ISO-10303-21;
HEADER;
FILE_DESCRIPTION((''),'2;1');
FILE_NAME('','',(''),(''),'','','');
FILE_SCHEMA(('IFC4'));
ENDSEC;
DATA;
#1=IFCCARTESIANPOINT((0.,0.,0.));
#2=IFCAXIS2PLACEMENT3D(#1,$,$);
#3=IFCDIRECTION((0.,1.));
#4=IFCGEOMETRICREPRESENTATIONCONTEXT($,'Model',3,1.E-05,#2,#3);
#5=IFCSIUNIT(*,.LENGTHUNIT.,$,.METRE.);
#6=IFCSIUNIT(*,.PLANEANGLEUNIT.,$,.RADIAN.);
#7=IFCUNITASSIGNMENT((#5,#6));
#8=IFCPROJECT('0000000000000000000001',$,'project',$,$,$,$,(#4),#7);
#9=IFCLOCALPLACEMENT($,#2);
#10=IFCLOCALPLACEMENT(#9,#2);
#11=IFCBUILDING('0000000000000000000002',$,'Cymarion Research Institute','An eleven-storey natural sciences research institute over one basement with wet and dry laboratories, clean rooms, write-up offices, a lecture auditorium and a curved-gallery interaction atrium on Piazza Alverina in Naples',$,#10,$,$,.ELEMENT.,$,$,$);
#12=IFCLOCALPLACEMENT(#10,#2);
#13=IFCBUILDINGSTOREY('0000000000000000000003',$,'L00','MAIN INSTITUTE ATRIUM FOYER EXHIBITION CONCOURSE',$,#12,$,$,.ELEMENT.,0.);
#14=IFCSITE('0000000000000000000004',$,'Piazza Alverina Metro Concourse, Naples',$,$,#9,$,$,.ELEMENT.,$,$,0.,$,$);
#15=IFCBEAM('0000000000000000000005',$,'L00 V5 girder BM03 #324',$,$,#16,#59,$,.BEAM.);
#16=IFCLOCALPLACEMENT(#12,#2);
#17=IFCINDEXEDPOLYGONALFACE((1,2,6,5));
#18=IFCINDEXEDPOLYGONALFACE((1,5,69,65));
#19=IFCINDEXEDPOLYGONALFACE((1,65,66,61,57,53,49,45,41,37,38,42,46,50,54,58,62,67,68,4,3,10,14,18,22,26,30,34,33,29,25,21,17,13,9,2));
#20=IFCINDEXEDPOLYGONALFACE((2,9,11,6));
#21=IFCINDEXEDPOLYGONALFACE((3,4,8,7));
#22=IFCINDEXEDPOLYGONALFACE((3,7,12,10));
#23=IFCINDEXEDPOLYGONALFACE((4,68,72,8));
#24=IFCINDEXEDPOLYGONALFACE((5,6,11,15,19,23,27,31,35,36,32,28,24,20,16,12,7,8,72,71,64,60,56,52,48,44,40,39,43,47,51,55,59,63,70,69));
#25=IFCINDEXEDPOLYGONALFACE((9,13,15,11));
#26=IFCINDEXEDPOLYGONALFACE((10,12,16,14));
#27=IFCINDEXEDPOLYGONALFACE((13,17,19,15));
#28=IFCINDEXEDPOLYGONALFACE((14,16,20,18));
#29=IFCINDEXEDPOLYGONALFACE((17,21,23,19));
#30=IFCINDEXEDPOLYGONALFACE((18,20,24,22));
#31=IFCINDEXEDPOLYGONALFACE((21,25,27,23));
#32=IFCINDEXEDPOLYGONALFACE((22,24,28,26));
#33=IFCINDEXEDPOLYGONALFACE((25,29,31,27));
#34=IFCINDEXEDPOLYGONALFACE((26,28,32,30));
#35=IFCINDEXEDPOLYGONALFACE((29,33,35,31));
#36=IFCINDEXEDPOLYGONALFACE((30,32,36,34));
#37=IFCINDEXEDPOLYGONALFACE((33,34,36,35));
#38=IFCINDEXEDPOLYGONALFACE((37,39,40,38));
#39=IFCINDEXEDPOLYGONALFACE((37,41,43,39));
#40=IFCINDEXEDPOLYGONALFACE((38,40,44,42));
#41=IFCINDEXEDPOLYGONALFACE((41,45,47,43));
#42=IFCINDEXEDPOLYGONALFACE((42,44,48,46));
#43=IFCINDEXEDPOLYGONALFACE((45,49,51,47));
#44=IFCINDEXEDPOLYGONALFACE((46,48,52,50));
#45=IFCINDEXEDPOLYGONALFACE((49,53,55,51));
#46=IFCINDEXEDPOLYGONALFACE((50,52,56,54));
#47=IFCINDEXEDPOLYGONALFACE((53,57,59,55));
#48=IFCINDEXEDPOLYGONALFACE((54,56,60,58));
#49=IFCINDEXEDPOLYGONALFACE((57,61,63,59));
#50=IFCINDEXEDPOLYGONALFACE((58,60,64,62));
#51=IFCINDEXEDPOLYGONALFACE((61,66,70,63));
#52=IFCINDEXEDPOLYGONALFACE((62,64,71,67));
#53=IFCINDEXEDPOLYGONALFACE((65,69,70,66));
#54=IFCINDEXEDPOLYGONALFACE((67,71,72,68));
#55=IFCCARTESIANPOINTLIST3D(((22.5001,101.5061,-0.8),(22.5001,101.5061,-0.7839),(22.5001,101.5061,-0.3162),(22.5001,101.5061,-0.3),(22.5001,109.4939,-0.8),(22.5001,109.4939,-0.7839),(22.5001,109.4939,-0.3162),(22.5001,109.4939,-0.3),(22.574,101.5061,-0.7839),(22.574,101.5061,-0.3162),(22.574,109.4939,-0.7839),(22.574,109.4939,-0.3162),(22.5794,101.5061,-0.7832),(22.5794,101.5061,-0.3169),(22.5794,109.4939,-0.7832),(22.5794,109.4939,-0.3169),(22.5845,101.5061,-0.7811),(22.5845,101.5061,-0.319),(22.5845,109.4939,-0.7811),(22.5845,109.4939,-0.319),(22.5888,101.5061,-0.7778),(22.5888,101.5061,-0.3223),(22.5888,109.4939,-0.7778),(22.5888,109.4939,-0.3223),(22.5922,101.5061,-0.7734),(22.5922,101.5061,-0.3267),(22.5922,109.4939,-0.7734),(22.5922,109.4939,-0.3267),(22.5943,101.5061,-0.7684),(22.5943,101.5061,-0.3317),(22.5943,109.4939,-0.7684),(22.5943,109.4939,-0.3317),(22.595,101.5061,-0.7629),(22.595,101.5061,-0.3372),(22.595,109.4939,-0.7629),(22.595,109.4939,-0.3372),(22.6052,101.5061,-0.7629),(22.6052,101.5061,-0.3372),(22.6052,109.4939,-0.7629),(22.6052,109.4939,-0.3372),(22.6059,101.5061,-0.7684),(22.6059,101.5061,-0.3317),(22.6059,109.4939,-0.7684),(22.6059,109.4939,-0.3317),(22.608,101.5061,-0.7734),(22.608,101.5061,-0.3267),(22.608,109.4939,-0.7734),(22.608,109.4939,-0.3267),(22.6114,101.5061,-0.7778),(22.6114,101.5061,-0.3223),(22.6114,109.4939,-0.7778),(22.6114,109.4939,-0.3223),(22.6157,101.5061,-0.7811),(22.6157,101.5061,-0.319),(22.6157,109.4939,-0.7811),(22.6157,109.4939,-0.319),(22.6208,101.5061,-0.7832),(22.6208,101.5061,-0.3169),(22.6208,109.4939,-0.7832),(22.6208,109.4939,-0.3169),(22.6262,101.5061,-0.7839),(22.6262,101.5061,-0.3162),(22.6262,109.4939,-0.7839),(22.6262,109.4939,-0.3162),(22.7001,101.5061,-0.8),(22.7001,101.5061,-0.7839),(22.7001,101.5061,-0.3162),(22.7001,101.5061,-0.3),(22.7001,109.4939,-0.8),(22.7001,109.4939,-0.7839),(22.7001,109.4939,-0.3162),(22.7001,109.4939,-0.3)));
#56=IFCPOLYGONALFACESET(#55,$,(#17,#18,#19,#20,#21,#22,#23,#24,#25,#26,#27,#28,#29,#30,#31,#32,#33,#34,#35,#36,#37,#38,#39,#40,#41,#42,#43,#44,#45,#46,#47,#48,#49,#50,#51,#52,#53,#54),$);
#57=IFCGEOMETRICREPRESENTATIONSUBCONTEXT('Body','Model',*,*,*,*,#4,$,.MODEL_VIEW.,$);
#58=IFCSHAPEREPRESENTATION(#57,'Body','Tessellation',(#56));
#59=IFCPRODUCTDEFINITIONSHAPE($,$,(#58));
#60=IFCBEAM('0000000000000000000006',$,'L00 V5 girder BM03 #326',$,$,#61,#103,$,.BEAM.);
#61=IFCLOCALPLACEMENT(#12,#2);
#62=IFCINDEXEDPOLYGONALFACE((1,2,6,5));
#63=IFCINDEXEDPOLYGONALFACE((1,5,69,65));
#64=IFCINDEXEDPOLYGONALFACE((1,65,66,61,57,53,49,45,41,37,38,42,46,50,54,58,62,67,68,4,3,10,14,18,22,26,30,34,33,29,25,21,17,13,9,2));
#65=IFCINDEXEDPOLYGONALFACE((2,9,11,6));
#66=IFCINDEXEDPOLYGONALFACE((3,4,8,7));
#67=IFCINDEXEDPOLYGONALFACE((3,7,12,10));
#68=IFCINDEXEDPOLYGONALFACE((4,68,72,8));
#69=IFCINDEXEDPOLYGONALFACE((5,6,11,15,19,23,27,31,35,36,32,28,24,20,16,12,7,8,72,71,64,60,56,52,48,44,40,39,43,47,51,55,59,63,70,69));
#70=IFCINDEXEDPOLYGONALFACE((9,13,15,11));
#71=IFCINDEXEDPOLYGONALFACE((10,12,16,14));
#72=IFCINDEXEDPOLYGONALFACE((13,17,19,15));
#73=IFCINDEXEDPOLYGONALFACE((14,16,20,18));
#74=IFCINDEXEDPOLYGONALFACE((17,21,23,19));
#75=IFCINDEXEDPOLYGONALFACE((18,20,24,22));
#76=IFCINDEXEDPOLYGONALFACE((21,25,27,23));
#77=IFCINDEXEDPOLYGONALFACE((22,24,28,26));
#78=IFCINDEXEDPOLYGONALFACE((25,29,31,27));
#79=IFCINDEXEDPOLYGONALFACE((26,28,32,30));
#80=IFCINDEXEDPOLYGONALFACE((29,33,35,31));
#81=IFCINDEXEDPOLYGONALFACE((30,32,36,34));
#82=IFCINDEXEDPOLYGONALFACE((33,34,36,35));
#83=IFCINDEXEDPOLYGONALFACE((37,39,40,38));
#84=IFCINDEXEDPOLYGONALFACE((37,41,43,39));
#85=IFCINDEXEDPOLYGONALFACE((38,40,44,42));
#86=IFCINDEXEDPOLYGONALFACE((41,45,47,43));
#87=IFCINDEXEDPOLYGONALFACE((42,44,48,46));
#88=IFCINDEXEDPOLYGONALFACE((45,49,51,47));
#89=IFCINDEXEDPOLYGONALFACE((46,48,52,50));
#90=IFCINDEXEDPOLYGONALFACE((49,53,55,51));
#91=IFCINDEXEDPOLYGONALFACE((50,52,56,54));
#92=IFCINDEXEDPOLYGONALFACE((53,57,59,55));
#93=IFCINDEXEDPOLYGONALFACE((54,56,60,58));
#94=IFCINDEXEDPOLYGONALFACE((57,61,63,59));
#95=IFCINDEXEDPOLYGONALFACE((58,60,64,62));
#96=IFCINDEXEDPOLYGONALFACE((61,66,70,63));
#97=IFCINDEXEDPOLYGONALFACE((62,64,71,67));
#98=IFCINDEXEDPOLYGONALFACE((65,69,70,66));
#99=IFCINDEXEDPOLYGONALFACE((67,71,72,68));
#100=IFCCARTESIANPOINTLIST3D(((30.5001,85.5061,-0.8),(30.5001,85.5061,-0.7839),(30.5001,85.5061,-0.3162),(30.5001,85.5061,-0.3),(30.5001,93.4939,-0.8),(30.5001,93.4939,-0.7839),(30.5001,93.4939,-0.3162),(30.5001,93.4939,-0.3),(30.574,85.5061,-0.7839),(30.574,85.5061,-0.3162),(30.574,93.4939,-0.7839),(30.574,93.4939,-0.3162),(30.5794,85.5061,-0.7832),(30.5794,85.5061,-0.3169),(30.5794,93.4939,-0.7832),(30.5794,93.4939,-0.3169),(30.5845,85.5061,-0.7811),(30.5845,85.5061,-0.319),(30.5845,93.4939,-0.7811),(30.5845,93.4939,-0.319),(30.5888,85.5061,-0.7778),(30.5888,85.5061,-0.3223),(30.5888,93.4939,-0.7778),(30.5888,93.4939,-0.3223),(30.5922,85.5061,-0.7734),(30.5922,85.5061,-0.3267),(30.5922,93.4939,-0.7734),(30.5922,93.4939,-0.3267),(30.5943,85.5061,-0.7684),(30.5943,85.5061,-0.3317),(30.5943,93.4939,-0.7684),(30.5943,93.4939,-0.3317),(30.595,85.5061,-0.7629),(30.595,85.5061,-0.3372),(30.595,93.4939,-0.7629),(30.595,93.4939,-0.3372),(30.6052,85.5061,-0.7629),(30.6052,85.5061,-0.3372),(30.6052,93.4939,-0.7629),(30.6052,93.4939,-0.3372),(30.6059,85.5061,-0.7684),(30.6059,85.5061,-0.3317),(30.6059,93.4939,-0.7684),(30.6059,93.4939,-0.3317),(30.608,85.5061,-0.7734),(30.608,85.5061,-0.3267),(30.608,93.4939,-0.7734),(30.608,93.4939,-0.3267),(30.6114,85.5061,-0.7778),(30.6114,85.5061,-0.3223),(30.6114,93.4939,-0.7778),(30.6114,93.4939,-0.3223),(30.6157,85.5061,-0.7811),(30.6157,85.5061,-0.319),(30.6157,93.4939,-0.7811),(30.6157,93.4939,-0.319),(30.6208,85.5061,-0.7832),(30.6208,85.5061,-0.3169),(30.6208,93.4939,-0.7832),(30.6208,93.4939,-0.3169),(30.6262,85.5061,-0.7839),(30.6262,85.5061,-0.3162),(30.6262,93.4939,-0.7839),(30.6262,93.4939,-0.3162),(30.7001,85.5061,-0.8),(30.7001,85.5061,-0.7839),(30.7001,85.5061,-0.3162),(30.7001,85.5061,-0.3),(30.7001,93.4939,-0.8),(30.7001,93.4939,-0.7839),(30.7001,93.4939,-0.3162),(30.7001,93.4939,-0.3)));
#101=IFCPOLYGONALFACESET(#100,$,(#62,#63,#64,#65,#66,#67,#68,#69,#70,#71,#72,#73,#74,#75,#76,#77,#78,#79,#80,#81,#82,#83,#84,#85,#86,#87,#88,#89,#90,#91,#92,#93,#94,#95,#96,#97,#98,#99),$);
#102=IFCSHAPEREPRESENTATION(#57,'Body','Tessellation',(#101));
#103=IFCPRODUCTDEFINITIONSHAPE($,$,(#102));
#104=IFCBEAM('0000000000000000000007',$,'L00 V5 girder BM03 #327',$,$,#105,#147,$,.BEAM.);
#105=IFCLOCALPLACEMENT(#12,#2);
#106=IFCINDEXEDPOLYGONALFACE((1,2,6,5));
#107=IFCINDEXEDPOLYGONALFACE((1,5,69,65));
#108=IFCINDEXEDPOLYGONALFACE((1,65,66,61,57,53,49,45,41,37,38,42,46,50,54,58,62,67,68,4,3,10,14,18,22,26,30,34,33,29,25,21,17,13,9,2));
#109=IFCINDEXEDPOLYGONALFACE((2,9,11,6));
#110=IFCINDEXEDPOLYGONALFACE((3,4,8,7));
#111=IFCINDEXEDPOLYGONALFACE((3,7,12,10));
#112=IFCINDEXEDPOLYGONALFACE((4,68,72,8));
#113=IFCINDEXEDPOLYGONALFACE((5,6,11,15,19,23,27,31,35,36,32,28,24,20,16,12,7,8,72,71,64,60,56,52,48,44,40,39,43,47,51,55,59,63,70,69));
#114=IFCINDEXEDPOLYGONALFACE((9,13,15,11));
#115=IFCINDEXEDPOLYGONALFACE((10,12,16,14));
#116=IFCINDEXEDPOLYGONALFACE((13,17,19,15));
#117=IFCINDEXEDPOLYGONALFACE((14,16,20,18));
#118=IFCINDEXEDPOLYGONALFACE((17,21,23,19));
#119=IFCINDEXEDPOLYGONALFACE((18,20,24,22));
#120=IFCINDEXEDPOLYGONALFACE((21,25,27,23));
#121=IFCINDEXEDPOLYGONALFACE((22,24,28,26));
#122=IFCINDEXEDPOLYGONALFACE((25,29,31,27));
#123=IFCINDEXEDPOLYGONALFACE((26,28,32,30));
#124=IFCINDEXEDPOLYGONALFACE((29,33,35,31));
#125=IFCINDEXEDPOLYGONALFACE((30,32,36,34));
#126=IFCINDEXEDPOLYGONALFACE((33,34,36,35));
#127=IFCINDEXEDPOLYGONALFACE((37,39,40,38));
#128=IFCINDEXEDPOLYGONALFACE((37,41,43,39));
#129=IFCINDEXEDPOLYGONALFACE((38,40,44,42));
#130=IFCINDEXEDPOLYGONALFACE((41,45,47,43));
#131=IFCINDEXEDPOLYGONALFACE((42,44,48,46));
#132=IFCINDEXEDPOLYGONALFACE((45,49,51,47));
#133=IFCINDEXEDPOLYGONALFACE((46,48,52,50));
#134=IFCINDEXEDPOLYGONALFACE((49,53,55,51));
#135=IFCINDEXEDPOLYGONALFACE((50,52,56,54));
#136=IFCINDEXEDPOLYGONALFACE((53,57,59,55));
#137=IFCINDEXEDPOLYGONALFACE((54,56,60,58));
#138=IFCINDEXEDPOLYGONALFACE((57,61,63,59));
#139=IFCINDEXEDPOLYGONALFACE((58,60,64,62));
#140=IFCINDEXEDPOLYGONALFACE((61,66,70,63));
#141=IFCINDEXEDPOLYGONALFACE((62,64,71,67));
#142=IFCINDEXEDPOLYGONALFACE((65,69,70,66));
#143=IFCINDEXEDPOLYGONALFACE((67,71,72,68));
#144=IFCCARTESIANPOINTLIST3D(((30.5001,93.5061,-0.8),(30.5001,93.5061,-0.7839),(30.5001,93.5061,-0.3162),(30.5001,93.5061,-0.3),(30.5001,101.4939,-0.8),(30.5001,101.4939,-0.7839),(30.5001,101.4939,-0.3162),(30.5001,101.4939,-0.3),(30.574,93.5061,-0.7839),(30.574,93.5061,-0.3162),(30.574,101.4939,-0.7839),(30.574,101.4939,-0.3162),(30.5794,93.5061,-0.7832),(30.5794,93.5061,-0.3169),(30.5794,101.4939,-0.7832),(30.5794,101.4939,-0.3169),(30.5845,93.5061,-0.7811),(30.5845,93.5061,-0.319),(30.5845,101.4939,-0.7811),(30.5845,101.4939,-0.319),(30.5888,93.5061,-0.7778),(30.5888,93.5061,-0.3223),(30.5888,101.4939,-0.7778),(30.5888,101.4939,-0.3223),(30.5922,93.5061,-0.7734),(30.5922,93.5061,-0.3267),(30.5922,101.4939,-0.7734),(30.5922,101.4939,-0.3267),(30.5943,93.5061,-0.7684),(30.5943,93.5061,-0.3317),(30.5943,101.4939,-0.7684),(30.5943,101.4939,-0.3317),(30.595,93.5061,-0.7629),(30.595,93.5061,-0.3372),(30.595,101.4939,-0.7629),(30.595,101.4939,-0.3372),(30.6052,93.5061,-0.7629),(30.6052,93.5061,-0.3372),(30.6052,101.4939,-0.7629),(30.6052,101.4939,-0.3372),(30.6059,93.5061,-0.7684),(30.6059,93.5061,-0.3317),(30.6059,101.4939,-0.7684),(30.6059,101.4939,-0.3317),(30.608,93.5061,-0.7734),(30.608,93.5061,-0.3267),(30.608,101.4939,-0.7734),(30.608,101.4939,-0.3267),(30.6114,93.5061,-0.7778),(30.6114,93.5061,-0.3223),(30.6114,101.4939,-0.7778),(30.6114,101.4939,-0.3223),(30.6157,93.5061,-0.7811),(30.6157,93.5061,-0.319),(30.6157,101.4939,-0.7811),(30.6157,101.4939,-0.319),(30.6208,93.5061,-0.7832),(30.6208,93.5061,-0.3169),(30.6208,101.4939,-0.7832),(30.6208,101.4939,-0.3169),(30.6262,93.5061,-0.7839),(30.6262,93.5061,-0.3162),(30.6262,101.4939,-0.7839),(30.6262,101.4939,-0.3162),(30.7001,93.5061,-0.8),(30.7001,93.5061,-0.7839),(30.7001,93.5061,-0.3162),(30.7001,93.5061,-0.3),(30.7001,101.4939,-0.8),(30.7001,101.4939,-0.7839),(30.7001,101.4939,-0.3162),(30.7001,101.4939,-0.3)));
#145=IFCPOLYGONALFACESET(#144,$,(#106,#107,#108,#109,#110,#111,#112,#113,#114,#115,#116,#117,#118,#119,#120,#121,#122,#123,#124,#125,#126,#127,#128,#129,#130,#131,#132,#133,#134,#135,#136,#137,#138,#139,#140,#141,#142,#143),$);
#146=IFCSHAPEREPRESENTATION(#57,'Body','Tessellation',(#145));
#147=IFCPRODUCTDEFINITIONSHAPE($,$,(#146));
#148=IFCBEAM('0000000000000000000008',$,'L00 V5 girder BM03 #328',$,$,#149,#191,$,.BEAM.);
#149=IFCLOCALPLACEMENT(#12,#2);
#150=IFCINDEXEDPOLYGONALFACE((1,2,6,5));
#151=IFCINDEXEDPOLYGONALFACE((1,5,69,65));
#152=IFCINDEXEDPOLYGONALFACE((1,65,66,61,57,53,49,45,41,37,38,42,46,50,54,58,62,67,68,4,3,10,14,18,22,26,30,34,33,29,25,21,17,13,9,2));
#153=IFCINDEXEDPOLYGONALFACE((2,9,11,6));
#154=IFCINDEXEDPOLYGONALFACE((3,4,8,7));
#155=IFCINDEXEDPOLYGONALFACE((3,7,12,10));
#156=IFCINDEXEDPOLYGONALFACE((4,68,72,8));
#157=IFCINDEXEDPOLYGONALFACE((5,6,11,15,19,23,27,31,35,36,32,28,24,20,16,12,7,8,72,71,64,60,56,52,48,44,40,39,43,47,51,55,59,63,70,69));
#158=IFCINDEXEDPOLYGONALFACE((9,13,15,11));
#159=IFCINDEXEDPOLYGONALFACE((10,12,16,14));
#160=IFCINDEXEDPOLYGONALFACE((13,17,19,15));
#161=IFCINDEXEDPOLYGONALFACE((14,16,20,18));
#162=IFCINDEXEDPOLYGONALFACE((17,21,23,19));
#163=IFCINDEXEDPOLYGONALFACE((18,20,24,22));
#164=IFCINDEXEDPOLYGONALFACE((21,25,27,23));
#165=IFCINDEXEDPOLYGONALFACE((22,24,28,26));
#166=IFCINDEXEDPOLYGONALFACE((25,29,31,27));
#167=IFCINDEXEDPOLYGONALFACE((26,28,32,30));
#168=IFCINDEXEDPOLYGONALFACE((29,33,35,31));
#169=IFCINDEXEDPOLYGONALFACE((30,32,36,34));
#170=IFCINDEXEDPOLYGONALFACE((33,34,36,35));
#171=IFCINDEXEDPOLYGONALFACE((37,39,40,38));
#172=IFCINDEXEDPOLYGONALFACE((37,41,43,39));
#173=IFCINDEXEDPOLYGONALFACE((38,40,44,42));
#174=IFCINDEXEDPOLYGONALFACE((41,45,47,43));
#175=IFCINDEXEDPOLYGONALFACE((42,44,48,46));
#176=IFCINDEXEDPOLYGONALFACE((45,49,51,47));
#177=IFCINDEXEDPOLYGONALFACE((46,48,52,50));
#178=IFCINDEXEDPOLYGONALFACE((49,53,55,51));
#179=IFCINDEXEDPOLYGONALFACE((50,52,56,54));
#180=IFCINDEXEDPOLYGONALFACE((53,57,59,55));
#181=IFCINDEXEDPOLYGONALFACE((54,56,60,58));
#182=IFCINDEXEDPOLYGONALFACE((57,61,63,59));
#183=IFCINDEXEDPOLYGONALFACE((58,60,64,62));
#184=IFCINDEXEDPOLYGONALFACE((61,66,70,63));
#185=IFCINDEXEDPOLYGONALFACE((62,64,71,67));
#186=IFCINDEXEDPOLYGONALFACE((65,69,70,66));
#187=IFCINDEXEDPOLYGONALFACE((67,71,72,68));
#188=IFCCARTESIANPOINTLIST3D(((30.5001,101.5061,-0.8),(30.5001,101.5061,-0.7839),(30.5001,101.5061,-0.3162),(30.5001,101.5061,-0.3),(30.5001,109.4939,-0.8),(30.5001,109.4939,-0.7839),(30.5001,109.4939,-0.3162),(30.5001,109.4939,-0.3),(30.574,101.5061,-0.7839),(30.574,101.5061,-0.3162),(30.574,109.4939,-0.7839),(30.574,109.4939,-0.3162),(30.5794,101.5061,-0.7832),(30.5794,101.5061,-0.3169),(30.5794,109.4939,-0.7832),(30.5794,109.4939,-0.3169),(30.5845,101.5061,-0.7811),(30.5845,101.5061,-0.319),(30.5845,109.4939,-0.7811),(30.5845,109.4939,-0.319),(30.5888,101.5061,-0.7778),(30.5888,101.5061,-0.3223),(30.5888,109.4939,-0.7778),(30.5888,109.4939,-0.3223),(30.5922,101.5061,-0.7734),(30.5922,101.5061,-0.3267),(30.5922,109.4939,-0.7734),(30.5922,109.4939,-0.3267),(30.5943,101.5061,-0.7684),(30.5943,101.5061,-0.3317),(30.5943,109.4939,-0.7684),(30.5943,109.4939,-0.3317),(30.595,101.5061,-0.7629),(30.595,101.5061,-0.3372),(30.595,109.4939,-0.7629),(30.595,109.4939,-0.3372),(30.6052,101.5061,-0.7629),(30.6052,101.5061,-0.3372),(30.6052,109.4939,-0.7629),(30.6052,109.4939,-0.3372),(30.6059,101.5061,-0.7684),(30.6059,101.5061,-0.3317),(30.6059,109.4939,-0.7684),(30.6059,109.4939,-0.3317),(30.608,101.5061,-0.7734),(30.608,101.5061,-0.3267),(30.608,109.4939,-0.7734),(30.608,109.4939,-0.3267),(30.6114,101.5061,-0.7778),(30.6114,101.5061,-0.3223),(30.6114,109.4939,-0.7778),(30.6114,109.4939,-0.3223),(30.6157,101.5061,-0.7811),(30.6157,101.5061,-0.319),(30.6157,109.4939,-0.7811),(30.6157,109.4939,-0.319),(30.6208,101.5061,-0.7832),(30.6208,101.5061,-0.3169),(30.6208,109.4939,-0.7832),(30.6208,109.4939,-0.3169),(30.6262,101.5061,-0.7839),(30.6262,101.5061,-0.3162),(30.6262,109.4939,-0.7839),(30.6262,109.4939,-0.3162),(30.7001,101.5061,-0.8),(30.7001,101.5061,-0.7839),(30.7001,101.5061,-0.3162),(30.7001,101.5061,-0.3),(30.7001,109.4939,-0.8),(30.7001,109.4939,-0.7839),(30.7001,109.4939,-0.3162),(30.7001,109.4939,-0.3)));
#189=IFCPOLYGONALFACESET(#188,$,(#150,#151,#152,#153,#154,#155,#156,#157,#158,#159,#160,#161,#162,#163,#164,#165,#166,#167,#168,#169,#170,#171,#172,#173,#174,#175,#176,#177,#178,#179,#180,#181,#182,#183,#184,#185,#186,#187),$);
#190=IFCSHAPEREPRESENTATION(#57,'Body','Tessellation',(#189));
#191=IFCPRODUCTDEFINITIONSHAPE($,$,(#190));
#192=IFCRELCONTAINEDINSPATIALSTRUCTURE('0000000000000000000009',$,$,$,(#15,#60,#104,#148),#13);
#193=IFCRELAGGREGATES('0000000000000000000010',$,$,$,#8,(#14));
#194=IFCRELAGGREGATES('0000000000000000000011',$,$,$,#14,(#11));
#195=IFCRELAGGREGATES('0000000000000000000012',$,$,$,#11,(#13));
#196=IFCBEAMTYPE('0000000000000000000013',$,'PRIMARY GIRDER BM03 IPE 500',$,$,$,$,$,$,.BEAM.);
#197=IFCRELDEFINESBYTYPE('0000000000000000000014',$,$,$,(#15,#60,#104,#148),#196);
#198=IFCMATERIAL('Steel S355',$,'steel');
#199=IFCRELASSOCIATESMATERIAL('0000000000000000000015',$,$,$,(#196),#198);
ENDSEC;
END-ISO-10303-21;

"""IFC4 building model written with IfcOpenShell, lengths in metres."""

from ifc_helpers import new_model, si_unit, direction, frame, origin, origin_2d, place, context, subcontext, project, spatial, i_section, extrude, material, material_profile, profile_set, type_object, element, save


model = new_model("IFC4")

# Units and contexts
model_context = context("Model", 3, precision=1e-05, world=origin(), true_north=direction((0.0, 1.0)))
body_context = subcontext(model_context, "Body", "Model", "MODEL_VIEW")
ifc_project = project(units=[si_unit("LENGTHUNIT", "METRE"), si_unit("PLANEANGLEUNIT", "RADIAN")], contexts=[model_context])

# Site, building, storey
site_placement = place(None, origin())
site = spatial("IfcSite", under=ifc_project, at=site_placement, Name="Piazza Alverina Metro Concourse, Naples", CompositionType="ELEMENT", RefElevation=0.0)
building_placement = place(site_placement, origin())
building = spatial("IfcBuilding", under=site, at=building_placement, Name="Cymarion Research Institute", Description="An eleven-storey natural sciences research institute over one basement with wet and dry laboratories, clean rooms, write-up offices, a lecture auditorium and a curved-gallery interaction atrium on Piazza Alverina in Naples", CompositionType="ELEMENT")
storey_placement = place(building_placement, origin())
storey = spatial("IfcBuildingStorey", under=building, at=storey_placement, Name="L00", Description="MAIN INSTITUTE ATRIUM FOYER EXHIBITION CONCOURSE", CompositionType="ELEMENT", Elevation=0.0)

# Shared definitions
ifc_material_1 = material(Name="Steel S355", Category="steel")

# Beams
ifc_material_profile_1 = material_profile(ifc_material_1, i_section(OverallWidth=0.2, OverallDepth=0.5, WebThickness=0.0103, FlangeThickness=0.0161, FilletRadius=0.021, at=origin_2d()), Name="IPE 500")
ifc_profile_set_1 = profile_set([ifc_material_profile_1], Name="Steel S355")
beam_type_1 = type_object("IfcBeamType", Name="PRIMARY GIRDER BM03 IPE 500", PredefinedType="BEAM", material=ifc_profile_set_1)
for number, where, z_axis, x_axis, name in (
    (1, (22.6001, 101.5061, -0.55), (0.0, 1.0, 0.0), (-1.0, 0.0, 0.0), "L00 V5 girder BM03 #324"),
    (2, (30.6001, 85.5061, -0.55), (0.0, 1.0, 0.0), (-1.0, 0.0, 0.0), "L00 V5 girder BM03 #326"),
    (3, (30.6001, 93.5061, -0.55), (0.0, 1.0, 0.0), (-1.0, 0.0, 0.0), "L00 V5 girder BM03 #327"),
    (4, (30.6001, 101.5061, -0.55), (0.0, 1.0, 0.0), (-1.0, 0.0, 0.0), "L00 V5 girder BM03 #328"),
):
    element("IfcBeam", number, at=place(storey_placement, frame(where, z_axis=z_axis, x_axis=x_axis)), inside=storey, type_object=beam_type_1, Name=name, PredefinedType="BEAM", context=body_context, shape_type="SweptSolid", body=[
        extrude(i_section(OverallWidth=0.2, OverallDepth=0.5, WebThickness=0.0103, FlangeThickness=0.0161, FilletRadius=0.021, at=origin_2d()), origin(), (0.0, 0.0, 1.0), 7.9878),
    ])

save(model, "model.ifc")
